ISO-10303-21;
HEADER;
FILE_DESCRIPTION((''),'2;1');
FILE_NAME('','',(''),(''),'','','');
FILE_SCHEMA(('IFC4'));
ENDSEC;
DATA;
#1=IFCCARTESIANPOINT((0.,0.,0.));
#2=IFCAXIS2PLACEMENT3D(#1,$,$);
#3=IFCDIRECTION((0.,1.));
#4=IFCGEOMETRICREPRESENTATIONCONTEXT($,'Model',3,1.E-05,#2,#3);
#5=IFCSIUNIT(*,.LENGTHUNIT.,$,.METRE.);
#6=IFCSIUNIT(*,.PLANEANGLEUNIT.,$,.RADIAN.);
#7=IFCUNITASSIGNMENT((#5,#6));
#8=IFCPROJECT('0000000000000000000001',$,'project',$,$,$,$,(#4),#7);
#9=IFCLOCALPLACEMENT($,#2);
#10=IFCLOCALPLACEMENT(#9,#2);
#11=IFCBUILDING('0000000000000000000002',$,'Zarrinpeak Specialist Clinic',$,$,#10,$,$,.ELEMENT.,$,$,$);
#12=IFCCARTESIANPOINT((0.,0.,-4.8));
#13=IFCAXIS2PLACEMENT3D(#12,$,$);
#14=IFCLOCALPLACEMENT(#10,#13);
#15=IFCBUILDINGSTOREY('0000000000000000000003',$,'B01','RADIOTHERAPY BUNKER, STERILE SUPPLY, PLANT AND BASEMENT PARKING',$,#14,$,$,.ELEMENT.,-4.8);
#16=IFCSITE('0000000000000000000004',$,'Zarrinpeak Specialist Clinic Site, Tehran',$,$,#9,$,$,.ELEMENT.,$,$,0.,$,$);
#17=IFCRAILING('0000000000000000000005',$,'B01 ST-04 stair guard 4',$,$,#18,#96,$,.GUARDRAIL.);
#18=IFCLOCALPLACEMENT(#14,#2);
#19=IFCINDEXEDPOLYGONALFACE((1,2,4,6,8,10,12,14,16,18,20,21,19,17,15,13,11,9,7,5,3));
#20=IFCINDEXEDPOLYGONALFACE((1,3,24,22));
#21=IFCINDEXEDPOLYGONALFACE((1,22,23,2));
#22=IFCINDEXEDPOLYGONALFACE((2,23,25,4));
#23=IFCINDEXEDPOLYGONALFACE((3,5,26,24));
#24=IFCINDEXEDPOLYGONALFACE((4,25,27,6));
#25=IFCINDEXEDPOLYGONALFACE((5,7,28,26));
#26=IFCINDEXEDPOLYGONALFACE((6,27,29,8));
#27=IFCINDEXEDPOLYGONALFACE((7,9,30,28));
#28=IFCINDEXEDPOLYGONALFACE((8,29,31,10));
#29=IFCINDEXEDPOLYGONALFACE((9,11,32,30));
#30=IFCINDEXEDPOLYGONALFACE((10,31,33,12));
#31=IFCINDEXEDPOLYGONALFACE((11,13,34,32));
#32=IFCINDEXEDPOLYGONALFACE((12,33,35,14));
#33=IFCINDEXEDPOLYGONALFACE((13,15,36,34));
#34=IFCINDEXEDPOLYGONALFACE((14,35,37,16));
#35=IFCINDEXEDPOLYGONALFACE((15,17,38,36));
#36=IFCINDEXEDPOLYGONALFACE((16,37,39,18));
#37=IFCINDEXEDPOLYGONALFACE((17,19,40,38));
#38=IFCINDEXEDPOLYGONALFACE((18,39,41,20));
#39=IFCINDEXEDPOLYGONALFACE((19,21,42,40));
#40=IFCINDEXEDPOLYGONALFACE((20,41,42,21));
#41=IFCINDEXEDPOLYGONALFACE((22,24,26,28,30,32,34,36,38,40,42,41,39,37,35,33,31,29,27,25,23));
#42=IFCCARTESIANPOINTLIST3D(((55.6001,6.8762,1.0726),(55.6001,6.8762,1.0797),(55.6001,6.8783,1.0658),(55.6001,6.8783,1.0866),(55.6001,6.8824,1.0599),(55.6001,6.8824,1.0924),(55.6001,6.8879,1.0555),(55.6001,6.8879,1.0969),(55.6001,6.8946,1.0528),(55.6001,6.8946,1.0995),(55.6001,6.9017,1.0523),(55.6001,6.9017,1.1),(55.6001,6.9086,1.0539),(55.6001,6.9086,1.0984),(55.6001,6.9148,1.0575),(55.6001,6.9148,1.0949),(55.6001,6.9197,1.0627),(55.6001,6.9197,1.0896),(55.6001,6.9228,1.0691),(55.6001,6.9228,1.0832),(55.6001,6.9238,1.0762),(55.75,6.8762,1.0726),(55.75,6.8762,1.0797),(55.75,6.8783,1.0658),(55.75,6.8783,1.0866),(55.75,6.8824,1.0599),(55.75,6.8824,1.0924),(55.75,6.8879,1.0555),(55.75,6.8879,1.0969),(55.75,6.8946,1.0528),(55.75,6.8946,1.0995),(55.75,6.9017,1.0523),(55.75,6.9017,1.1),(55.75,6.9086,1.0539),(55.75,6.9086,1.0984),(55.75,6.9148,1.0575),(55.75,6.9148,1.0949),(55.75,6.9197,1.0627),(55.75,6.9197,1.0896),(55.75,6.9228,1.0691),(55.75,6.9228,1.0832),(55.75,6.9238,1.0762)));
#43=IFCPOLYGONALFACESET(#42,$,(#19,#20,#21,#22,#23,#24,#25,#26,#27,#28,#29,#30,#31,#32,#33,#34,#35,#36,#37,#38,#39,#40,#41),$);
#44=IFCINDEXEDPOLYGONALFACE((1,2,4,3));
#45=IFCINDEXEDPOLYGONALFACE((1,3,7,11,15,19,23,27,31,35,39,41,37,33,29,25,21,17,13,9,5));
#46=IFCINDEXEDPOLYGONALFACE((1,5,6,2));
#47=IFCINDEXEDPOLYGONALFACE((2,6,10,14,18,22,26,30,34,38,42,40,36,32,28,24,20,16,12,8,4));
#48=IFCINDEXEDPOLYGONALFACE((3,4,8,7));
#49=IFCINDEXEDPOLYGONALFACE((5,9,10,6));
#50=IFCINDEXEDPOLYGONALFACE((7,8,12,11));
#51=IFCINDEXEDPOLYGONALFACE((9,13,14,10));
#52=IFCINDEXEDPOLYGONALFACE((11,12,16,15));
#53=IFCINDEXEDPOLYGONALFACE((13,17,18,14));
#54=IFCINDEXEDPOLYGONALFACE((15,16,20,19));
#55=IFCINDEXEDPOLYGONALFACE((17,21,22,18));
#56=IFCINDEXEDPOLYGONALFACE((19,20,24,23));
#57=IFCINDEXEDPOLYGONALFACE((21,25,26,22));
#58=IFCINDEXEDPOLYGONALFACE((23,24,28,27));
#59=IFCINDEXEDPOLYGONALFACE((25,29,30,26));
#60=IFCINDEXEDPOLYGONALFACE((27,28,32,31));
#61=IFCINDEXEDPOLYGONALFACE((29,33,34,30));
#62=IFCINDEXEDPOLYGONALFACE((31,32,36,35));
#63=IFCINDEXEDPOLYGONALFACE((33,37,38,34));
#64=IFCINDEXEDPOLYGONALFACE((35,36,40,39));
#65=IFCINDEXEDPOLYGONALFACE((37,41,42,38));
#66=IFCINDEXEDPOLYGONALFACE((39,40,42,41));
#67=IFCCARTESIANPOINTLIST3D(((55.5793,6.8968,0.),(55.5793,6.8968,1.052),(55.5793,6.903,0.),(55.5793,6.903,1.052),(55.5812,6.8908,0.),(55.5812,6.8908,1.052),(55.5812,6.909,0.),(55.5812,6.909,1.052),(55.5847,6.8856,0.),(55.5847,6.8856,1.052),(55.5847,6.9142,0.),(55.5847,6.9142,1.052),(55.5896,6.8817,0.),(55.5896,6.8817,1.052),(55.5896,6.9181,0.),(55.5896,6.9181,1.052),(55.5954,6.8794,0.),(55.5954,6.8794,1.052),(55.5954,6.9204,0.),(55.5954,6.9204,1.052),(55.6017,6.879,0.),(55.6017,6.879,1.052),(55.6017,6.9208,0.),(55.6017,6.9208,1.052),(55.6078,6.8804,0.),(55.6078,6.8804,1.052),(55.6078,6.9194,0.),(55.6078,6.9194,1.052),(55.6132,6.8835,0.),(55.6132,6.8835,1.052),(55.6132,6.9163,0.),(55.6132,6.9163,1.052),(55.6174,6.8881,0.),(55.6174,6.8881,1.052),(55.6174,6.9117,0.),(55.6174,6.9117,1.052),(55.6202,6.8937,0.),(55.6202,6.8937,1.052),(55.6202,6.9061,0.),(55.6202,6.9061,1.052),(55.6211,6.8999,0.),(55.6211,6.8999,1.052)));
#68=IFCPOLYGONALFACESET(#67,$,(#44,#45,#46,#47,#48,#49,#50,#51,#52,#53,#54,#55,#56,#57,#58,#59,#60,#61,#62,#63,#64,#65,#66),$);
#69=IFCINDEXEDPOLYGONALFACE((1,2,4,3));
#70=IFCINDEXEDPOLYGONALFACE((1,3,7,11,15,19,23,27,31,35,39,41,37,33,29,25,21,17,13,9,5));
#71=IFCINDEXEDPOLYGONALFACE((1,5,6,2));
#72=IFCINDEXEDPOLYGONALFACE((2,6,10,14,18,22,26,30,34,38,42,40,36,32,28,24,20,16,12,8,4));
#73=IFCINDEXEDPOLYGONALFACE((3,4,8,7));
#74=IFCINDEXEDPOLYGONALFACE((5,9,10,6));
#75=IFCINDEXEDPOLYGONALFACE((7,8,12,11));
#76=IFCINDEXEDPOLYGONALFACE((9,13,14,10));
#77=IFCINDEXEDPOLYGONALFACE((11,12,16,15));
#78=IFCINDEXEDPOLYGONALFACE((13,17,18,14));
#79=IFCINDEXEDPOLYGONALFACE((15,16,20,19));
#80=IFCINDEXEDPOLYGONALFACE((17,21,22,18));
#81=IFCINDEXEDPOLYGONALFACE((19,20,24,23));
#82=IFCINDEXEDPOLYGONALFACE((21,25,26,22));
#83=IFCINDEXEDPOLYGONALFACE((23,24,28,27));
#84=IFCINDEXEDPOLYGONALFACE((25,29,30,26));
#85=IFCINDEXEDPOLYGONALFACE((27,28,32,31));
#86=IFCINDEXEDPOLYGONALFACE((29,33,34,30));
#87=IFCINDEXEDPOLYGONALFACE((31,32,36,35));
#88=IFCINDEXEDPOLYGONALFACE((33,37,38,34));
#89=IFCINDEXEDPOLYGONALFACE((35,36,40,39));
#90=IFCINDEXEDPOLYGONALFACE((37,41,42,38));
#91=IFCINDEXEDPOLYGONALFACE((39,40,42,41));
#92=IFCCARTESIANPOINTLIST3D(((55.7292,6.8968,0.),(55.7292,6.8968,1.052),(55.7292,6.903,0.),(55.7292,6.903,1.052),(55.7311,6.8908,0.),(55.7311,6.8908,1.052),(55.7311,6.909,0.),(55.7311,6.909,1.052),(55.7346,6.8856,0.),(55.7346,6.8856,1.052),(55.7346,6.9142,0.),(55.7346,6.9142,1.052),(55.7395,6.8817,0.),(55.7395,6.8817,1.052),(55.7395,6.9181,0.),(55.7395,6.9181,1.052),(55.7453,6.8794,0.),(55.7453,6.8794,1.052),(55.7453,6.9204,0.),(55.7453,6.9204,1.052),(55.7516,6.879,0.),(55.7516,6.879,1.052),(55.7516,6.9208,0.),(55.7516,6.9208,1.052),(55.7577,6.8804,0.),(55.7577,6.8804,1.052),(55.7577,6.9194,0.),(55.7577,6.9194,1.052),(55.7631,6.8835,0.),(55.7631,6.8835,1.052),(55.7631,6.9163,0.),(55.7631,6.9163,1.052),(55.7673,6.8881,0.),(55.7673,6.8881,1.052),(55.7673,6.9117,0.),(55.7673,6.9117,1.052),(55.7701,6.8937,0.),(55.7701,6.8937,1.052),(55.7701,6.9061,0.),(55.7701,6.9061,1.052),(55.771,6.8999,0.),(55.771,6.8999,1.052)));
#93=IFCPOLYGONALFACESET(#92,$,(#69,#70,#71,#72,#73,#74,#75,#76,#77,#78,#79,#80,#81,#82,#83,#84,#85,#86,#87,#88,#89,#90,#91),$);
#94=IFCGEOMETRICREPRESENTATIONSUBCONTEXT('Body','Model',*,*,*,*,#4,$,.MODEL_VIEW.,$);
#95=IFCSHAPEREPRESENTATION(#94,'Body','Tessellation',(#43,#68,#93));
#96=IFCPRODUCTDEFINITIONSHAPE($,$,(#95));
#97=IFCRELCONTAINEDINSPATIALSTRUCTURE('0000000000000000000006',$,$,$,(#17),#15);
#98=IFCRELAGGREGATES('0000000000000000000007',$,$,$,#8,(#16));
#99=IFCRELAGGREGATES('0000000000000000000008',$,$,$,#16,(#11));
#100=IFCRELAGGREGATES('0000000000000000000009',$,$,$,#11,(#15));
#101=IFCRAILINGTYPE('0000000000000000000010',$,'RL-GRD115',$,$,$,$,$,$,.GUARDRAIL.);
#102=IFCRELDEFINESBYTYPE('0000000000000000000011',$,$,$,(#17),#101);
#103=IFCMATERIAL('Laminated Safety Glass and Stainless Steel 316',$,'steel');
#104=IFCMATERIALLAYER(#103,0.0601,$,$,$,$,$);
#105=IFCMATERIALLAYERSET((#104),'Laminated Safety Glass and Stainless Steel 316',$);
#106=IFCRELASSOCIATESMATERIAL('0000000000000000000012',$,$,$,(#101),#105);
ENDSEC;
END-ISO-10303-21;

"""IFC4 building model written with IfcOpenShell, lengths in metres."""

from ifc_helpers import new_model, si_unit, direction, frame, origin, origin_2d, place, context, subcontext, project, spatial, circle, extrude, material, layer, layer_set, type_object, element, save


model = new_model("IFC4")

# Units and contexts
model_context = context("Model", 3, precision=1e-05, world=origin(), true_north=direction((0.0, 1.0)))
body_context = subcontext(model_context, "Body", "Model", "MODEL_VIEW")
ifc_project = project(units=[si_unit("LENGTHUNIT", "METRE"), si_unit("PLANEANGLEUNIT", "RADIAN")], contexts=[model_context])

# Site, building, storey
site_placement = place(None, origin())
site = spatial("IfcSite", under=ifc_project, at=site_placement, Name="Zarrinpeak Specialist Clinic Site, Tehran", CompositionType="ELEMENT", RefElevation=0.0)
building_placement = place(site_placement, origin())
building = spatial("IfcBuilding", under=site, at=building_placement, Name="Zarrinpeak Specialist Clinic", CompositionType="ELEMENT")
storey_placement = place(building_placement, frame((0.0, 0.0, -4.8)))
storey = spatial("IfcBuildingStorey", under=building, at=storey_placement, Name="B01", Description="RADIOTHERAPY BUNKER, STERILE SUPPLY, PLANT AND BASEMENT PARKING", CompositionType="ELEMENT", Elevation=-4.8)

# Railing
ifc_material_1 = material(Name="Laminated Safety Glass and Stainless Steel 316", Category="steel")
ifc_layer_1 = layer(ifc_material_1, 0.0601)
ifc_layer_set_1 = layer_set([ifc_layer_1], Name="Laminated Safety Glass and Stainless Steel 316")
railing_type_1 = type_object("IfcRailingType", Name="RL-GRD115", PredefinedType="GUARDRAIL", material=ifc_layer_set_1)
railing_1_placement = place(storey_placement, frame((55.6001, 6.8999, 0.0)))
element("IfcRailing", 1, at=railing_1_placement, inside=storey, type_object=railing_type_1, Name="B01 ST-04 stair guard 4", PredefinedType="GUARDRAIL", context=body_context, shape_type="SweptSolid", body=[
    extrude(circle(Radius=0.0239, at=origin_2d()), frame((0.0, 0.0, 1.0762), z_axis=(1.0, 0.0, 0.0), x_axis=(0.0, 1.0, 0.0)), (0.0, 0.0, 1.0), 0.1499),
    extrude(circle(Radius=0.021, at=origin_2d()), origin(), (0.0, 0.0, 1.0), 1.052),
    extrude(circle(Radius=0.021, at=origin_2d()), frame((0.1499, 0.0, 0.0)), (0.0, 0.0, 1.0), 1.052),
])

save(model, "model.ifc")
